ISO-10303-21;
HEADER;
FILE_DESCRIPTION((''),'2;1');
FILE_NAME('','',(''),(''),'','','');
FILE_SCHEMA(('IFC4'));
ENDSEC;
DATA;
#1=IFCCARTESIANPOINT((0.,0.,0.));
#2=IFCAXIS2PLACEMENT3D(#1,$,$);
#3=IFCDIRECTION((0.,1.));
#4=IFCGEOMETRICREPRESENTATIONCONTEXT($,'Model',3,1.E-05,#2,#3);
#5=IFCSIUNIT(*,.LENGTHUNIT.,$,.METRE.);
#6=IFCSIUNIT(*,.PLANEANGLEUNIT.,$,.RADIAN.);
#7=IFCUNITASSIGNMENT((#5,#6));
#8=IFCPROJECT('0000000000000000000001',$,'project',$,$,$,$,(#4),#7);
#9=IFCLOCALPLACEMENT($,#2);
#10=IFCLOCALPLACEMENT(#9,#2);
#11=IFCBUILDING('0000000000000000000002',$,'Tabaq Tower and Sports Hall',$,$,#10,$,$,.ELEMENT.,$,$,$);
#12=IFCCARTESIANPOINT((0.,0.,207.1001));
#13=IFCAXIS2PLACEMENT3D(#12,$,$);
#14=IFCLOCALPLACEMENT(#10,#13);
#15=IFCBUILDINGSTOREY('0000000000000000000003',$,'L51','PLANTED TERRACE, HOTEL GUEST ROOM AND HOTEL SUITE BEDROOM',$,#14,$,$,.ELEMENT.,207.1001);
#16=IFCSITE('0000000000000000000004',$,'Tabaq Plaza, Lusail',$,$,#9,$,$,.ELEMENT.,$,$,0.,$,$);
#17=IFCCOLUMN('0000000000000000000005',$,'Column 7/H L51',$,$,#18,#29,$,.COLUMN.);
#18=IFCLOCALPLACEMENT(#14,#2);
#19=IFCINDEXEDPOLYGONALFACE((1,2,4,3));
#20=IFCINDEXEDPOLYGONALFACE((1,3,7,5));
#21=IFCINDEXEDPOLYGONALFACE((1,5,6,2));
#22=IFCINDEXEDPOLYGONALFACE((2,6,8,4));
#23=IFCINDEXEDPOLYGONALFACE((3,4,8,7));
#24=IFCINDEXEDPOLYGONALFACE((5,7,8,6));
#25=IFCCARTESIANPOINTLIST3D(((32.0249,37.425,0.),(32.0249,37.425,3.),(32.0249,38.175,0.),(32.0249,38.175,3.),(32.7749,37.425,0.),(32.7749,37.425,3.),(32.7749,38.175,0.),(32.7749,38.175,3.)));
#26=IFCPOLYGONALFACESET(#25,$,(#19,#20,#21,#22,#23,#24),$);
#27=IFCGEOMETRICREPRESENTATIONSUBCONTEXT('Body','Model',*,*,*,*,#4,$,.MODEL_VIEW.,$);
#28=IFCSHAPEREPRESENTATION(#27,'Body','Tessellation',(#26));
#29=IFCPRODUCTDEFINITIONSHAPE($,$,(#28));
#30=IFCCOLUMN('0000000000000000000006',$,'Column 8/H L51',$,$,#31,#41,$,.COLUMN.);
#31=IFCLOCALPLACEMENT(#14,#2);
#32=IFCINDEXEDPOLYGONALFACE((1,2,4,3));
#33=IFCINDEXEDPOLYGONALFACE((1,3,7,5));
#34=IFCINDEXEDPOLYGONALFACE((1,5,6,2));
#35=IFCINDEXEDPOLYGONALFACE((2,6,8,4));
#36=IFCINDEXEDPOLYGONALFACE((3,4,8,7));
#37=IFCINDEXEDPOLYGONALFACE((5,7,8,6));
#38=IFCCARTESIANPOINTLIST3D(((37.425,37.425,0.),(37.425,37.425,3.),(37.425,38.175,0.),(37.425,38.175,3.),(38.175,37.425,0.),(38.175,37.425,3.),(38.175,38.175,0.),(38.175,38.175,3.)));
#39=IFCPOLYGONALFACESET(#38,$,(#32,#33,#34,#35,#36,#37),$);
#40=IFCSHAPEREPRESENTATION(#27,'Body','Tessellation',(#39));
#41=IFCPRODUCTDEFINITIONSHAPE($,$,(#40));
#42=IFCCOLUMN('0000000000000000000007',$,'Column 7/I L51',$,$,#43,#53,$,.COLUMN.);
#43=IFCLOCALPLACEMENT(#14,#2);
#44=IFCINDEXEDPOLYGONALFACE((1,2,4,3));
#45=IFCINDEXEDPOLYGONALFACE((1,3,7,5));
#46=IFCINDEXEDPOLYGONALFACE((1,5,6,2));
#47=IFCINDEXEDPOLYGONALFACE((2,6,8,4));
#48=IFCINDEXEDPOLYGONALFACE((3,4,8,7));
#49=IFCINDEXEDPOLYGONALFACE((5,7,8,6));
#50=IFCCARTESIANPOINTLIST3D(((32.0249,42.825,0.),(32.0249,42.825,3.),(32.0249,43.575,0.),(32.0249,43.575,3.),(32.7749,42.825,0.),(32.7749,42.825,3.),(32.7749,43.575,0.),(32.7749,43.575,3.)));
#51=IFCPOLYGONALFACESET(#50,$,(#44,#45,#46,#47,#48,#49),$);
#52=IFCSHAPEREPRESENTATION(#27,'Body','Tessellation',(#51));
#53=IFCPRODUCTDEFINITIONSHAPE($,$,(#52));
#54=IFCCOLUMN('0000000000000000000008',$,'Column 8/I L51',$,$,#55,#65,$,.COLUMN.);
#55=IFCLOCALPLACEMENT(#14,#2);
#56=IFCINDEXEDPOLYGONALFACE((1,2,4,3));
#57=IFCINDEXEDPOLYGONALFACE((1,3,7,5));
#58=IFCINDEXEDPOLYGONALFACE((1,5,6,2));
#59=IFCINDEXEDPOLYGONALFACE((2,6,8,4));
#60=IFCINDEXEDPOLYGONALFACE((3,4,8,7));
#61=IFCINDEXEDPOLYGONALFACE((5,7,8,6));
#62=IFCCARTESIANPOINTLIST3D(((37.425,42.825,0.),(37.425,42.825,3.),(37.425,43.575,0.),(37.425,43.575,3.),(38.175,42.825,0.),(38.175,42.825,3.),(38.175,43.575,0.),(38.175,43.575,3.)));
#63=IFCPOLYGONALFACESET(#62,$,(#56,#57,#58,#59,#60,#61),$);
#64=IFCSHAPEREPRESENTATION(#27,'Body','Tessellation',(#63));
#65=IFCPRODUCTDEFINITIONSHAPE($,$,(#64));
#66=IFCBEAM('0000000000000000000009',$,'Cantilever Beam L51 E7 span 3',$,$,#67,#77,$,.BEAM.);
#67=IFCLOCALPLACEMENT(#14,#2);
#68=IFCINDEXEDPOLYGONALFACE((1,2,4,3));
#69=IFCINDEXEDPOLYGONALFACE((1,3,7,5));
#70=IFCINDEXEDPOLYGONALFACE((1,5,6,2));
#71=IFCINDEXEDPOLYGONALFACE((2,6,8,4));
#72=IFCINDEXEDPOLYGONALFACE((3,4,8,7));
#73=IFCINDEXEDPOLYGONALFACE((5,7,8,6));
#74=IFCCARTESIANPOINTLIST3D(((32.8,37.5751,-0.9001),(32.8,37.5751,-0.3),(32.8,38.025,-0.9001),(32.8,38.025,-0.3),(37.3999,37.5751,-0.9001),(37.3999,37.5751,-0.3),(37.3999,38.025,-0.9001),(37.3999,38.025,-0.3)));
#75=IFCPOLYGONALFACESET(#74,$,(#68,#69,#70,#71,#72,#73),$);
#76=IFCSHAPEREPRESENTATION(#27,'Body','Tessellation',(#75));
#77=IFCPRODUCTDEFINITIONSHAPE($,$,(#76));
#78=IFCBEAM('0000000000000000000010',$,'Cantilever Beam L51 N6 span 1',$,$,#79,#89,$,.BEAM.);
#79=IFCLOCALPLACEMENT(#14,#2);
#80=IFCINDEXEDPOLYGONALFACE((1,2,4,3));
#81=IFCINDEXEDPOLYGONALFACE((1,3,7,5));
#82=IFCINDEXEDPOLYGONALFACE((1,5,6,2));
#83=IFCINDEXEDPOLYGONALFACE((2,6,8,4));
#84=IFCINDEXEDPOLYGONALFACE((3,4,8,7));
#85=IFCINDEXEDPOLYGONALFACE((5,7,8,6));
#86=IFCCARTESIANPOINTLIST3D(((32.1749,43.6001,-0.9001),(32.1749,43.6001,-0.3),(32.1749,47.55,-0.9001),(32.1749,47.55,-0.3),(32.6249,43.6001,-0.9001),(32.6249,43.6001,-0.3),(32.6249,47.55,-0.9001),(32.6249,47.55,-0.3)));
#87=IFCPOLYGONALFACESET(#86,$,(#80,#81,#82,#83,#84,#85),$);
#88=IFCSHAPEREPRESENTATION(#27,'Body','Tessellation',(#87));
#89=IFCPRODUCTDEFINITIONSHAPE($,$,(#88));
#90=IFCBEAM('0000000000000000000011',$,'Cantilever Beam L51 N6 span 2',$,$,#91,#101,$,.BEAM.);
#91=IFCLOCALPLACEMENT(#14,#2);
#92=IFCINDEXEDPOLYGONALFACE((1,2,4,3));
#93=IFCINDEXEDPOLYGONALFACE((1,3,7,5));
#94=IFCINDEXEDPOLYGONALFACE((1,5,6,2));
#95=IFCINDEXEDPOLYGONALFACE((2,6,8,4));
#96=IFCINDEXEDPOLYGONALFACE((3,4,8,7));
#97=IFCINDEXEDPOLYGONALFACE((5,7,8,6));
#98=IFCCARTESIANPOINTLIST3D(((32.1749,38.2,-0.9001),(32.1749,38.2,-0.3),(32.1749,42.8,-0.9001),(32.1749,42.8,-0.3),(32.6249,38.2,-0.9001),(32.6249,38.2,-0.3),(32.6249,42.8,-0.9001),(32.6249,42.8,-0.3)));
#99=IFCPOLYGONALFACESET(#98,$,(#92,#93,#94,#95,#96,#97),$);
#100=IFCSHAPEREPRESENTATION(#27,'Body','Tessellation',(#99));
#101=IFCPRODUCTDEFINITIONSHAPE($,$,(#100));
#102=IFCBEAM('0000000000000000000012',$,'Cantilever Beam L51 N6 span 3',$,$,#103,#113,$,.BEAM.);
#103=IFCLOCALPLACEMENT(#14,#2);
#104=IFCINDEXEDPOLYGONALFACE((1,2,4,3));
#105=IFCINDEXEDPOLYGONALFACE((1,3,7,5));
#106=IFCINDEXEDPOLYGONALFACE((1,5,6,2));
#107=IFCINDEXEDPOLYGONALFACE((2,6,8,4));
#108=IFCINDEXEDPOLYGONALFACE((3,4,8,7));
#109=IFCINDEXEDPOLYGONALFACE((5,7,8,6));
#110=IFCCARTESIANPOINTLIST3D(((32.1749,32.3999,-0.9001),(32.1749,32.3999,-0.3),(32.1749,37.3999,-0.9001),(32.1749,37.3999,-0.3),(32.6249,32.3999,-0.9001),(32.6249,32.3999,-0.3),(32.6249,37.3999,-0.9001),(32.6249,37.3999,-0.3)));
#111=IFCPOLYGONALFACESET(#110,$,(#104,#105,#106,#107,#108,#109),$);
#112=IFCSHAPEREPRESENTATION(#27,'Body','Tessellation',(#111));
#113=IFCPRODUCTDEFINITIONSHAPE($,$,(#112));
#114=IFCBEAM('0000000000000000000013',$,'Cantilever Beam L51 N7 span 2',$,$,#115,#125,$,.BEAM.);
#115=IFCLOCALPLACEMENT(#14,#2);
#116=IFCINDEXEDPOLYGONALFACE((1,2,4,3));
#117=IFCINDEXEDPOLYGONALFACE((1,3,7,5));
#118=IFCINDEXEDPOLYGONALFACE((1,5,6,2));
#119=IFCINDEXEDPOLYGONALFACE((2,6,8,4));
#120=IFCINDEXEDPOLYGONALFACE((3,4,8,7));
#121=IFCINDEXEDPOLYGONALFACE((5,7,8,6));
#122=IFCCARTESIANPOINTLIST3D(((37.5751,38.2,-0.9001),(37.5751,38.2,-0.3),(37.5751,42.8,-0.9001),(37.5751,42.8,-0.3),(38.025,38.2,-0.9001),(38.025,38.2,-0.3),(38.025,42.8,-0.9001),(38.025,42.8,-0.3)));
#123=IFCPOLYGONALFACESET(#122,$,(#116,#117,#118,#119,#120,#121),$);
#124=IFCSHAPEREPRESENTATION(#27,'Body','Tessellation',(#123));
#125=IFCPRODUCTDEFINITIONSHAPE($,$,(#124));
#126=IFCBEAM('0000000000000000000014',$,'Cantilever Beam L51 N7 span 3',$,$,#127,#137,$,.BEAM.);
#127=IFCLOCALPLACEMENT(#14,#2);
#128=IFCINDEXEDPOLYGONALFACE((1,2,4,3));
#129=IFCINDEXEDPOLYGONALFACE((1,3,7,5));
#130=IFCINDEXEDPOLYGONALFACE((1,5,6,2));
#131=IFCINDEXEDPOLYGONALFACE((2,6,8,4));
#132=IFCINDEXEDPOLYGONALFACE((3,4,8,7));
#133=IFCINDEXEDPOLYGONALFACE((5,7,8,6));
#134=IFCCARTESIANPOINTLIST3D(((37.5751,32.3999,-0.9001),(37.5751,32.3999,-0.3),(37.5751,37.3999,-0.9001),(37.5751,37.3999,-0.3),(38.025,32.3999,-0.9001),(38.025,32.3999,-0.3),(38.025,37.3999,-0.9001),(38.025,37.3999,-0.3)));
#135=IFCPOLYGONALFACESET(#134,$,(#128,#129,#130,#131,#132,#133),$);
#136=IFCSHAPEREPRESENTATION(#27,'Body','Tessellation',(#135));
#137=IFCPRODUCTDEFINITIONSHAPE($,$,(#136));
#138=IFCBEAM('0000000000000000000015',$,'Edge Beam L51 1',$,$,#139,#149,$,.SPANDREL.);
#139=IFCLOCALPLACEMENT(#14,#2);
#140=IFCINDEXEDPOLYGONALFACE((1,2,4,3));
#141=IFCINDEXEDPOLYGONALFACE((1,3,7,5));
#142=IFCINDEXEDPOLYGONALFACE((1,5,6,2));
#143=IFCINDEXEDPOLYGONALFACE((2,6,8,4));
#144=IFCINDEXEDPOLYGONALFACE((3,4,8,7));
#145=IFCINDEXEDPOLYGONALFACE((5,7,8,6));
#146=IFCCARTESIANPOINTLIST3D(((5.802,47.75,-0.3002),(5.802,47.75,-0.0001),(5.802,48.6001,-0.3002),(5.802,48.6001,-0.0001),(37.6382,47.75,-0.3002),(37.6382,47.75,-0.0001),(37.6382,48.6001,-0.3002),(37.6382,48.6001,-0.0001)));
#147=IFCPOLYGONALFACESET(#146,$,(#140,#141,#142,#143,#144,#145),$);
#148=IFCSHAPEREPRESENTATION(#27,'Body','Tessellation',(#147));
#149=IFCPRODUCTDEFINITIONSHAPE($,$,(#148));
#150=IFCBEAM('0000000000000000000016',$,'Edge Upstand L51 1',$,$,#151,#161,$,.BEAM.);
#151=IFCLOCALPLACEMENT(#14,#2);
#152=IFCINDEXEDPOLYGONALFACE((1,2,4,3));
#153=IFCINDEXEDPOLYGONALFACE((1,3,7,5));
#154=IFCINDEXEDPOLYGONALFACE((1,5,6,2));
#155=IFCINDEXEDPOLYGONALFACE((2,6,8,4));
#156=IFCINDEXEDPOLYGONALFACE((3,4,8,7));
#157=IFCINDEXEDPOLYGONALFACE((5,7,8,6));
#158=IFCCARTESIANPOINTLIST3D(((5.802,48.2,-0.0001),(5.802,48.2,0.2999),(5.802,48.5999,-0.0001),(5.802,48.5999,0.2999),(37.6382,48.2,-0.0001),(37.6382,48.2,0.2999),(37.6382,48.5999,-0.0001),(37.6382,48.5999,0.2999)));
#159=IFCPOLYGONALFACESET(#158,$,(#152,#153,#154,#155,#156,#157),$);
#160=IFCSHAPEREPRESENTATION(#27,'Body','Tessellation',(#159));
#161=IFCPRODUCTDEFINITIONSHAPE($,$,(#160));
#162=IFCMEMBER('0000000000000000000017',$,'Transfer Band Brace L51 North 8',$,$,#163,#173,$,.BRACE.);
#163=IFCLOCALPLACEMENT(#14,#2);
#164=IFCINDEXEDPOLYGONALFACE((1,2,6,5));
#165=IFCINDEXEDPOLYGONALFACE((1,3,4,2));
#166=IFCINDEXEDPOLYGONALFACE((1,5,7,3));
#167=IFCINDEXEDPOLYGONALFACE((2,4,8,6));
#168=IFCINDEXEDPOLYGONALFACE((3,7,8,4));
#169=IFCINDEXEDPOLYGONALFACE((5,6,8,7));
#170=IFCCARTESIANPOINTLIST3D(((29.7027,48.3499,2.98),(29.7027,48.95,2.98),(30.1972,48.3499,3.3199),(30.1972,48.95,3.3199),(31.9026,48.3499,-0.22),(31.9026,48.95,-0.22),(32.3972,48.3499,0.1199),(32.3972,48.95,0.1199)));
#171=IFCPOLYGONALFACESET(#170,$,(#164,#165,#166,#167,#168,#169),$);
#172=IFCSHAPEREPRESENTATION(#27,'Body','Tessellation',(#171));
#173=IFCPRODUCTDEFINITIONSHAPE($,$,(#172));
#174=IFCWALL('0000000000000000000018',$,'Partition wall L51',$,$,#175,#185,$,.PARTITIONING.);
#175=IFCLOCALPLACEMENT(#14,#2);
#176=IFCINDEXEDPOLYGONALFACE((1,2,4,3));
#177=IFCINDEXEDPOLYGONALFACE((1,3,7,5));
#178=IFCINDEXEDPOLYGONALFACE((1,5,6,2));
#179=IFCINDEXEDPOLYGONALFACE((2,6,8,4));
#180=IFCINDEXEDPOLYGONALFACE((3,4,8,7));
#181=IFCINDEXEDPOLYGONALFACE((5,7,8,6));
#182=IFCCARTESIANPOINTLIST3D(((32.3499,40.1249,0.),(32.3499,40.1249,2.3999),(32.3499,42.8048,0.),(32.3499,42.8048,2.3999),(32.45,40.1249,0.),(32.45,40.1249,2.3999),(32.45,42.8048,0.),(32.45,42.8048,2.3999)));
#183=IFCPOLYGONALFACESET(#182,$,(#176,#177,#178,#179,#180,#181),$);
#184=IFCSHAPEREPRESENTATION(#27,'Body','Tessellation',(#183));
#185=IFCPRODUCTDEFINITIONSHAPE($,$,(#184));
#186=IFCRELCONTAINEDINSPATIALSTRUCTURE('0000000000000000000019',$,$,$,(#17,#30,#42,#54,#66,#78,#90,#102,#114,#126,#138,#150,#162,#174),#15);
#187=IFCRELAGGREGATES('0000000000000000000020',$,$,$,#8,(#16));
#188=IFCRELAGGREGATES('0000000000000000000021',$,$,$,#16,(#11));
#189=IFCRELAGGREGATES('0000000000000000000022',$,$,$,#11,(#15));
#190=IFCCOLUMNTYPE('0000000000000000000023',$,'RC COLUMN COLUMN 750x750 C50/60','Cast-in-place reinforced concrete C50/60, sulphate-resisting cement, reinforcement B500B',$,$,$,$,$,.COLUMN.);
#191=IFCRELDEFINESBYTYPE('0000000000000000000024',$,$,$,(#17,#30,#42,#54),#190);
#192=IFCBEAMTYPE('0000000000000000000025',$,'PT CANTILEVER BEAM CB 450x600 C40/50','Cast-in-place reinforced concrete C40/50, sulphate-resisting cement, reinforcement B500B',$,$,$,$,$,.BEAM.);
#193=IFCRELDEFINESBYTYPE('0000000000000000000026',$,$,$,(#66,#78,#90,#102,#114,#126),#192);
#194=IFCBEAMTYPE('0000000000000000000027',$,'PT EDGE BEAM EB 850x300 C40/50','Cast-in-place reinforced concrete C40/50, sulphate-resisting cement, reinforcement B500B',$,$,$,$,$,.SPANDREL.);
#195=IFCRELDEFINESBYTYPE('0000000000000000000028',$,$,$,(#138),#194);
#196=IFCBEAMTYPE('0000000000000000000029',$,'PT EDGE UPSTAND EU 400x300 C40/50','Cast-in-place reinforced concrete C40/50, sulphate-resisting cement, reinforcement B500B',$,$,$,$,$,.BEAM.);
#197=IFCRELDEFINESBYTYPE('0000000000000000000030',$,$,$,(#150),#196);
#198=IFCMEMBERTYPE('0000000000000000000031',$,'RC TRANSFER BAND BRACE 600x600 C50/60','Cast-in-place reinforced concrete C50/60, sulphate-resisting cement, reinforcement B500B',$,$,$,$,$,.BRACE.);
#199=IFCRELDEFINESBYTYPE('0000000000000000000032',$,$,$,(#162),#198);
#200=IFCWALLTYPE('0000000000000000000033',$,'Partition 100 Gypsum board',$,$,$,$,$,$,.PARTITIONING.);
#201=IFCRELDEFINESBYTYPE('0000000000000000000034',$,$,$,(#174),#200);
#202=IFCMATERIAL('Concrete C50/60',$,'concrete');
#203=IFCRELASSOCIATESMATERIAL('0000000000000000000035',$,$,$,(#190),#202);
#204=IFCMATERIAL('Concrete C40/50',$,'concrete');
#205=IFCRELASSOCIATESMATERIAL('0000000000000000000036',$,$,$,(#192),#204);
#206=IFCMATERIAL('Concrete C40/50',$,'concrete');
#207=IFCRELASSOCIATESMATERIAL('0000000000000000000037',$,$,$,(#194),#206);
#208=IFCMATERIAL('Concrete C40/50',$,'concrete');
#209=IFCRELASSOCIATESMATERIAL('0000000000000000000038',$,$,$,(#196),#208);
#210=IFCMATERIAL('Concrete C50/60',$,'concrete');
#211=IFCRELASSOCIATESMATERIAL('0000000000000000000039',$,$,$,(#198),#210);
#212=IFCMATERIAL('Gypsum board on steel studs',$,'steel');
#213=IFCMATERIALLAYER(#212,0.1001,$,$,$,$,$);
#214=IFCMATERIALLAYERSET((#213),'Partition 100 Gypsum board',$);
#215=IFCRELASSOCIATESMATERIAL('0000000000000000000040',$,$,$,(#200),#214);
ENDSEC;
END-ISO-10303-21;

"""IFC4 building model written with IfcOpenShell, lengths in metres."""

from ifc_helpers import new_model, si_unit, direction, frame, frame_2d, origin, origin_2d, place, context, subcontext, project, spatial, rectangle, extrude, material, layer, layer_set, material_profile, profile_set, type_object, element, save


model = new_model("IFC4")

# Units and contexts
model_context = context("Model", 3, precision=1e-05, world=origin(), true_north=direction((0.0, 1.0)))
body_context = subcontext(model_context, "Body", "Model", "MODEL_VIEW")
ifc_project = project(units=[si_unit("LENGTHUNIT", "METRE"), si_unit("PLANEANGLEUNIT", "RADIAN")], contexts=[model_context])

# Site, building, storey
site_placement = place(None, origin())
site = spatial("IfcSite", under=ifc_project, at=site_placement, Name="Tabaq Plaza, Lusail", CompositionType="ELEMENT", RefElevation=0.0)
building_placement = place(site_placement, origin())
building = spatial("IfcBuilding", under=site, at=building_placement, Name="Tabaq Tower and Sports Hall", CompositionType="ELEMENT")
storey_placement = place(building_placement, frame((0.0, 0.0, 207.1001)))
storey = spatial("IfcBuildingStorey", under=building, at=storey_placement, Name="L51", Description="PLANTED TERRACE, HOTEL GUEST ROOM AND HOTEL SUITE BEDROOM", CompositionType="ELEMENT", Elevation=207.1001)

# Columns
ifc_material_1 = material(Name="Concrete C50/60", Category="concrete")
ifc_material_profile_1 = material_profile(ifc_material_1, rectangle(XDim=0.75, YDim=0.75, at=origin_2d()), Name="COLUMN 750x750")
ifc_profile_set_1 = profile_set([ifc_material_profile_1], Name="Concrete C50/60")
column_type = type_object("IfcColumnType", Name="RC COLUMN COLUMN 750x750 C50/60", Description="Cast-in-place reinforced concrete C50/60, sulphate-resisting cement, reinforcement B500B", PredefinedType="COLUMN", material=ifc_profile_set_1)
for number, where, z_axis, x_axis, name in (
    (1, (32.3999, 37.8, 0.0), (0.0, 0.0, 1.0), (1.0, 0.0, 0.0), "Column 7/H L51"),
    (2, (37.8, 37.8, 0.0), (0.0, 0.0, 1.0), (1.0, 0.0, 0.0), "Column 8/H L51"),
    (3, (32.3999, 43.2, 0.0), (0.0, 0.0, 1.0), (1.0, 0.0, 0.0), "Column 7/I L51"),
    (4, (37.8, 43.2, 0.0), (0.0, 0.0, 1.0), (1.0, 0.0, 0.0), "Column 8/I L51"),
):
    element("IfcColumn", number, at=place(storey_placement, frame(where, z_axis=z_axis, x_axis=x_axis)), inside=storey, type_object=column_type, Name=name, PredefinedType="COLUMN", context=body_context, shape_type="SweptSolid", body=[
        extrude(rectangle(XDim=0.75, YDim=0.75, at=origin_2d()), origin(), (0.0, 0.0, 1.0), 3.0),
    ])

# Beams
ifc_material_2 = material(Name="Concrete C40/50", Category="concrete")
ifc_material_profile_2 = material_profile(ifc_material_2, rectangle(XDim=0.45, YDim=0.6001, at=origin_2d()), Name="CB 450x600")
ifc_profile_set_2 = profile_set([ifc_material_profile_2], Name="Concrete C40/50")
beam_type_1 = type_object("IfcBeamType", Name="PT CANTILEVER BEAM CB 450x600 C40/50", Description="Cast-in-place reinforced concrete C40/50, sulphate-resisting cement, reinforcement B500B", PredefinedType="BEAM", material=ifc_profile_set_2)
beam_1_placement = place(storey_placement, frame((37.3999, 37.8, -0.6001), z_axis=(-1.0, 0.0, 0.0), x_axis=(0.0, -1.0, 0.0)))
element("IfcBeam", 5, at=beam_1_placement, inside=storey, type_object=beam_type_1, Name="Cantilever Beam L51 E7 span 3", PredefinedType="BEAM", context=body_context, shape_type="SweptSolid", body=[
    extrude(rectangle(XDim=0.45, YDim=0.6001, at=origin_2d()), origin(), (0.0, 0.0, 1.0), 4.5999),
])
beam_2_placement = place(storey_placement, frame((32.3999, 47.55, -0.6001), z_axis=(0.0, -1.0, 0.0), x_axis=(1.0, 0.0, 0.0)))
element("IfcBeam", 6, at=beam_2_placement, inside=storey, type_object=beam_type_1, Name="Cantilever Beam L51 N6 span 1", PredefinedType="BEAM", context=body_context, shape_type="SweptSolid", body=[
    extrude(rectangle(XDim=0.45, YDim=0.6001, at=origin_2d()), origin(), (0.0, 0.0, 1.0), 3.95),
])
beam_3_placement = place(storey_placement, frame((32.3999, 42.8, -0.6001), z_axis=(0.0, -1.0, 0.0), x_axis=(1.0, 0.0, 0.0)))
element("IfcBeam", 7, at=beam_3_placement, inside=storey, type_object=beam_type_1, Name="Cantilever Beam L51 N6 span 2", PredefinedType="BEAM", context=body_context, shape_type="SweptSolid", body=[
    extrude(rectangle(XDim=0.45, YDim=0.6001, at=origin_2d()), origin(), (0.0, 0.0, 1.0), 4.6001),
])
beam_4_placement = place(storey_placement, frame((32.3999, 37.3999, -0.6001), z_axis=(0.0, -1.0, 0.0), x_axis=(1.0, 0.0, 0.0)))
element("IfcBeam", 8, at=beam_4_placement, inside=storey, type_object=beam_type_1, Name="Cantilever Beam L51 N6 span 3", PredefinedType="BEAM", context=body_context, shape_type="SweptSolid", body=[
    extrude(rectangle(XDim=0.45, YDim=0.6001, at=origin_2d()), origin(), (0.0, 0.0, 1.0), 5.0),
])
beam_5_placement = place(storey_placement, frame((37.8, 42.8, -0.6001), z_axis=(0.0, -1.0, 0.0), x_axis=(1.0, 0.0, 0.0)))
element("IfcBeam", 9, at=beam_5_placement, inside=storey, type_object=beam_type_1, Name="Cantilever Beam L51 N7 span 2", PredefinedType="BEAM", context=body_context, shape_type="SweptSolid", body=[
    extrude(rectangle(XDim=0.45, YDim=0.6001, at=origin_2d()), origin(), (0.0, 0.0, 1.0), 4.6001),
])
beam_6_placement = place(storey_placement, frame((37.8, 37.3999, -0.6001), z_axis=(0.0, -1.0, 0.0), x_axis=(1.0, 0.0, 0.0)))
element("IfcBeam", 10, at=beam_6_placement, inside=storey, type_object=beam_type_1, Name="Cantilever Beam L51 N7 span 3", PredefinedType="BEAM", context=body_context, shape_type="SweptSolid", body=[
    extrude(rectangle(XDim=0.45, YDim=0.6001, at=origin_2d()), origin(), (0.0, 0.0, 1.0), 5.0),
])
ifc_material_3 = material(Name="Concrete C40/50", Category="concrete")
ifc_material_profile_3 = material_profile(ifc_material_3, rectangle(XDim=0.8501, YDim=0.3, at=origin_2d()), Name="EB 850x300")
ifc_profile_set_3 = profile_set([ifc_material_profile_3], Name="Concrete C40/50")
beam_type_2 = type_object("IfcBeamType", Name="PT EDGE BEAM EB 850x300 C40/50", Description="Cast-in-place reinforced concrete C40/50, sulphate-resisting cement, reinforcement B500B", PredefinedType="SPANDREL", material=ifc_profile_set_3)
beam_7_placement = place(storey_placement, frame((37.6382, 48.175, -0.1501), z_axis=(-1.0, 0.0, 0.0), x_axis=(0.0, -1.0, 0.0)))
element("IfcBeam", 11, at=beam_7_placement, inside=storey, type_object=beam_type_2, Name="Edge Beam L51 1", PredefinedType="SPANDREL", context=body_context, shape_type="SweptSolid", body=[
    extrude(rectangle(XDim=0.8501, YDim=0.3, at=origin_2d()), origin(), (0.0, 0.0, 1.0), 31.8362),
])
ifc_material_4 = material(Name="Concrete C40/50", Category="concrete")
ifc_material_profile_4 = material_profile(ifc_material_4, rectangle(XDim=0.3999, YDim=0.3, at=origin_2d()), Name="EU 400x300")
ifc_profile_set_4 = profile_set([ifc_material_profile_4], Name="Concrete C40/50")
beam_type_3 = type_object("IfcBeamType", Name="PT EDGE UPSTAND EU 400x300 C40/50", Description="Cast-in-place reinforced concrete C40/50, sulphate-resisting cement, reinforcement B500B", PredefinedType="BEAM", material=ifc_profile_set_4)
beam_8_placement = place(storey_placement, frame((37.6382, 48.3999, 0.1499), z_axis=(-1.0, 0.0, 0.0), x_axis=(0.0, -1.0, 0.0)))
element("IfcBeam", 12, at=beam_8_placement, inside=storey, type_object=beam_type_3, Name="Edge Upstand L51 1", PredefinedType="BEAM", context=body_context, shape_type="SweptSolid", body=[
    extrude(rectangle(XDim=0.3999, YDim=0.3, at=origin_2d()), origin(), (0.0, 0.0, 1.0), 31.8362),
])

# Member
ifc_material_5 = material(Name="Concrete C50/60", Category="concrete")
ifc_material_profile_5 = material_profile(ifc_material_5, rectangle(XDim=0.6001, YDim=0.6001, at=origin_2d()), Name="TRANSFER BAND BRACE 600x600")
ifc_profile_set_5 = profile_set([ifc_material_profile_5], Name="Concrete C50/60")
member_type = type_object("IfcMemberType", Name="RC TRANSFER BAND BRACE 600x600 C50/60", Description="Cast-in-place reinforced concrete C50/60, sulphate-resisting cement, reinforcement B500B", PredefinedType="BRACE", material=ifc_profile_set_5)
member_placement = place(storey_placement, frame((32.1499, 48.6499, -0.05), z_axis=(-0.566526, 0.0, 0.824044), x_axis=(0.0, -1.0, 0.0)))
element("IfcMember", 13, at=member_placement, inside=storey, type_object=member_type, Name="Transfer Band Brace L51 North 8", PredefinedType="BRACE", context=body_context, shape_type="SweptSolid", body=[
    extrude(rectangle(XDim=0.6001, YDim=0.6001, at=origin_2d()), origin(), (0.0, 0.0, 1.0), 3.8833),
])

# Wall
ifc_material_6 = material(Name="Gypsum board on steel studs", Category="steel")
ifc_layer_1 = layer(ifc_material_6, 0.1001)
ifc_layer_set_1 = layer_set([ifc_layer_1], Name="Partition 100 Gypsum board")
wall_type_1 = type_object("IfcWallType", Name="Partition 100 Gypsum board", PredefinedType="PARTITIONING", material=ifc_layer_set_1)
wall_1_placement = place(storey_placement, frame((32.3999, 40.125, 0.0), z_axis=(0.0, 0.0, 1.0), x_axis=(0.0, 1.0, 0.0)))
element("IfcWall", 14, at=wall_1_placement, inside=storey, type_object=wall_type_1, Name="Partition wall L51", PredefinedType="PARTITIONING", context=body_context, shape_type="SweptSolid", body=[
    extrude(rectangle(XDim=2.6799, YDim=0.1001, at=frame_2d((1.3398, 0.0))), origin(), (0.0, 0.0, 1.0), 2.3999),
])

save(model, "model.ifc")
